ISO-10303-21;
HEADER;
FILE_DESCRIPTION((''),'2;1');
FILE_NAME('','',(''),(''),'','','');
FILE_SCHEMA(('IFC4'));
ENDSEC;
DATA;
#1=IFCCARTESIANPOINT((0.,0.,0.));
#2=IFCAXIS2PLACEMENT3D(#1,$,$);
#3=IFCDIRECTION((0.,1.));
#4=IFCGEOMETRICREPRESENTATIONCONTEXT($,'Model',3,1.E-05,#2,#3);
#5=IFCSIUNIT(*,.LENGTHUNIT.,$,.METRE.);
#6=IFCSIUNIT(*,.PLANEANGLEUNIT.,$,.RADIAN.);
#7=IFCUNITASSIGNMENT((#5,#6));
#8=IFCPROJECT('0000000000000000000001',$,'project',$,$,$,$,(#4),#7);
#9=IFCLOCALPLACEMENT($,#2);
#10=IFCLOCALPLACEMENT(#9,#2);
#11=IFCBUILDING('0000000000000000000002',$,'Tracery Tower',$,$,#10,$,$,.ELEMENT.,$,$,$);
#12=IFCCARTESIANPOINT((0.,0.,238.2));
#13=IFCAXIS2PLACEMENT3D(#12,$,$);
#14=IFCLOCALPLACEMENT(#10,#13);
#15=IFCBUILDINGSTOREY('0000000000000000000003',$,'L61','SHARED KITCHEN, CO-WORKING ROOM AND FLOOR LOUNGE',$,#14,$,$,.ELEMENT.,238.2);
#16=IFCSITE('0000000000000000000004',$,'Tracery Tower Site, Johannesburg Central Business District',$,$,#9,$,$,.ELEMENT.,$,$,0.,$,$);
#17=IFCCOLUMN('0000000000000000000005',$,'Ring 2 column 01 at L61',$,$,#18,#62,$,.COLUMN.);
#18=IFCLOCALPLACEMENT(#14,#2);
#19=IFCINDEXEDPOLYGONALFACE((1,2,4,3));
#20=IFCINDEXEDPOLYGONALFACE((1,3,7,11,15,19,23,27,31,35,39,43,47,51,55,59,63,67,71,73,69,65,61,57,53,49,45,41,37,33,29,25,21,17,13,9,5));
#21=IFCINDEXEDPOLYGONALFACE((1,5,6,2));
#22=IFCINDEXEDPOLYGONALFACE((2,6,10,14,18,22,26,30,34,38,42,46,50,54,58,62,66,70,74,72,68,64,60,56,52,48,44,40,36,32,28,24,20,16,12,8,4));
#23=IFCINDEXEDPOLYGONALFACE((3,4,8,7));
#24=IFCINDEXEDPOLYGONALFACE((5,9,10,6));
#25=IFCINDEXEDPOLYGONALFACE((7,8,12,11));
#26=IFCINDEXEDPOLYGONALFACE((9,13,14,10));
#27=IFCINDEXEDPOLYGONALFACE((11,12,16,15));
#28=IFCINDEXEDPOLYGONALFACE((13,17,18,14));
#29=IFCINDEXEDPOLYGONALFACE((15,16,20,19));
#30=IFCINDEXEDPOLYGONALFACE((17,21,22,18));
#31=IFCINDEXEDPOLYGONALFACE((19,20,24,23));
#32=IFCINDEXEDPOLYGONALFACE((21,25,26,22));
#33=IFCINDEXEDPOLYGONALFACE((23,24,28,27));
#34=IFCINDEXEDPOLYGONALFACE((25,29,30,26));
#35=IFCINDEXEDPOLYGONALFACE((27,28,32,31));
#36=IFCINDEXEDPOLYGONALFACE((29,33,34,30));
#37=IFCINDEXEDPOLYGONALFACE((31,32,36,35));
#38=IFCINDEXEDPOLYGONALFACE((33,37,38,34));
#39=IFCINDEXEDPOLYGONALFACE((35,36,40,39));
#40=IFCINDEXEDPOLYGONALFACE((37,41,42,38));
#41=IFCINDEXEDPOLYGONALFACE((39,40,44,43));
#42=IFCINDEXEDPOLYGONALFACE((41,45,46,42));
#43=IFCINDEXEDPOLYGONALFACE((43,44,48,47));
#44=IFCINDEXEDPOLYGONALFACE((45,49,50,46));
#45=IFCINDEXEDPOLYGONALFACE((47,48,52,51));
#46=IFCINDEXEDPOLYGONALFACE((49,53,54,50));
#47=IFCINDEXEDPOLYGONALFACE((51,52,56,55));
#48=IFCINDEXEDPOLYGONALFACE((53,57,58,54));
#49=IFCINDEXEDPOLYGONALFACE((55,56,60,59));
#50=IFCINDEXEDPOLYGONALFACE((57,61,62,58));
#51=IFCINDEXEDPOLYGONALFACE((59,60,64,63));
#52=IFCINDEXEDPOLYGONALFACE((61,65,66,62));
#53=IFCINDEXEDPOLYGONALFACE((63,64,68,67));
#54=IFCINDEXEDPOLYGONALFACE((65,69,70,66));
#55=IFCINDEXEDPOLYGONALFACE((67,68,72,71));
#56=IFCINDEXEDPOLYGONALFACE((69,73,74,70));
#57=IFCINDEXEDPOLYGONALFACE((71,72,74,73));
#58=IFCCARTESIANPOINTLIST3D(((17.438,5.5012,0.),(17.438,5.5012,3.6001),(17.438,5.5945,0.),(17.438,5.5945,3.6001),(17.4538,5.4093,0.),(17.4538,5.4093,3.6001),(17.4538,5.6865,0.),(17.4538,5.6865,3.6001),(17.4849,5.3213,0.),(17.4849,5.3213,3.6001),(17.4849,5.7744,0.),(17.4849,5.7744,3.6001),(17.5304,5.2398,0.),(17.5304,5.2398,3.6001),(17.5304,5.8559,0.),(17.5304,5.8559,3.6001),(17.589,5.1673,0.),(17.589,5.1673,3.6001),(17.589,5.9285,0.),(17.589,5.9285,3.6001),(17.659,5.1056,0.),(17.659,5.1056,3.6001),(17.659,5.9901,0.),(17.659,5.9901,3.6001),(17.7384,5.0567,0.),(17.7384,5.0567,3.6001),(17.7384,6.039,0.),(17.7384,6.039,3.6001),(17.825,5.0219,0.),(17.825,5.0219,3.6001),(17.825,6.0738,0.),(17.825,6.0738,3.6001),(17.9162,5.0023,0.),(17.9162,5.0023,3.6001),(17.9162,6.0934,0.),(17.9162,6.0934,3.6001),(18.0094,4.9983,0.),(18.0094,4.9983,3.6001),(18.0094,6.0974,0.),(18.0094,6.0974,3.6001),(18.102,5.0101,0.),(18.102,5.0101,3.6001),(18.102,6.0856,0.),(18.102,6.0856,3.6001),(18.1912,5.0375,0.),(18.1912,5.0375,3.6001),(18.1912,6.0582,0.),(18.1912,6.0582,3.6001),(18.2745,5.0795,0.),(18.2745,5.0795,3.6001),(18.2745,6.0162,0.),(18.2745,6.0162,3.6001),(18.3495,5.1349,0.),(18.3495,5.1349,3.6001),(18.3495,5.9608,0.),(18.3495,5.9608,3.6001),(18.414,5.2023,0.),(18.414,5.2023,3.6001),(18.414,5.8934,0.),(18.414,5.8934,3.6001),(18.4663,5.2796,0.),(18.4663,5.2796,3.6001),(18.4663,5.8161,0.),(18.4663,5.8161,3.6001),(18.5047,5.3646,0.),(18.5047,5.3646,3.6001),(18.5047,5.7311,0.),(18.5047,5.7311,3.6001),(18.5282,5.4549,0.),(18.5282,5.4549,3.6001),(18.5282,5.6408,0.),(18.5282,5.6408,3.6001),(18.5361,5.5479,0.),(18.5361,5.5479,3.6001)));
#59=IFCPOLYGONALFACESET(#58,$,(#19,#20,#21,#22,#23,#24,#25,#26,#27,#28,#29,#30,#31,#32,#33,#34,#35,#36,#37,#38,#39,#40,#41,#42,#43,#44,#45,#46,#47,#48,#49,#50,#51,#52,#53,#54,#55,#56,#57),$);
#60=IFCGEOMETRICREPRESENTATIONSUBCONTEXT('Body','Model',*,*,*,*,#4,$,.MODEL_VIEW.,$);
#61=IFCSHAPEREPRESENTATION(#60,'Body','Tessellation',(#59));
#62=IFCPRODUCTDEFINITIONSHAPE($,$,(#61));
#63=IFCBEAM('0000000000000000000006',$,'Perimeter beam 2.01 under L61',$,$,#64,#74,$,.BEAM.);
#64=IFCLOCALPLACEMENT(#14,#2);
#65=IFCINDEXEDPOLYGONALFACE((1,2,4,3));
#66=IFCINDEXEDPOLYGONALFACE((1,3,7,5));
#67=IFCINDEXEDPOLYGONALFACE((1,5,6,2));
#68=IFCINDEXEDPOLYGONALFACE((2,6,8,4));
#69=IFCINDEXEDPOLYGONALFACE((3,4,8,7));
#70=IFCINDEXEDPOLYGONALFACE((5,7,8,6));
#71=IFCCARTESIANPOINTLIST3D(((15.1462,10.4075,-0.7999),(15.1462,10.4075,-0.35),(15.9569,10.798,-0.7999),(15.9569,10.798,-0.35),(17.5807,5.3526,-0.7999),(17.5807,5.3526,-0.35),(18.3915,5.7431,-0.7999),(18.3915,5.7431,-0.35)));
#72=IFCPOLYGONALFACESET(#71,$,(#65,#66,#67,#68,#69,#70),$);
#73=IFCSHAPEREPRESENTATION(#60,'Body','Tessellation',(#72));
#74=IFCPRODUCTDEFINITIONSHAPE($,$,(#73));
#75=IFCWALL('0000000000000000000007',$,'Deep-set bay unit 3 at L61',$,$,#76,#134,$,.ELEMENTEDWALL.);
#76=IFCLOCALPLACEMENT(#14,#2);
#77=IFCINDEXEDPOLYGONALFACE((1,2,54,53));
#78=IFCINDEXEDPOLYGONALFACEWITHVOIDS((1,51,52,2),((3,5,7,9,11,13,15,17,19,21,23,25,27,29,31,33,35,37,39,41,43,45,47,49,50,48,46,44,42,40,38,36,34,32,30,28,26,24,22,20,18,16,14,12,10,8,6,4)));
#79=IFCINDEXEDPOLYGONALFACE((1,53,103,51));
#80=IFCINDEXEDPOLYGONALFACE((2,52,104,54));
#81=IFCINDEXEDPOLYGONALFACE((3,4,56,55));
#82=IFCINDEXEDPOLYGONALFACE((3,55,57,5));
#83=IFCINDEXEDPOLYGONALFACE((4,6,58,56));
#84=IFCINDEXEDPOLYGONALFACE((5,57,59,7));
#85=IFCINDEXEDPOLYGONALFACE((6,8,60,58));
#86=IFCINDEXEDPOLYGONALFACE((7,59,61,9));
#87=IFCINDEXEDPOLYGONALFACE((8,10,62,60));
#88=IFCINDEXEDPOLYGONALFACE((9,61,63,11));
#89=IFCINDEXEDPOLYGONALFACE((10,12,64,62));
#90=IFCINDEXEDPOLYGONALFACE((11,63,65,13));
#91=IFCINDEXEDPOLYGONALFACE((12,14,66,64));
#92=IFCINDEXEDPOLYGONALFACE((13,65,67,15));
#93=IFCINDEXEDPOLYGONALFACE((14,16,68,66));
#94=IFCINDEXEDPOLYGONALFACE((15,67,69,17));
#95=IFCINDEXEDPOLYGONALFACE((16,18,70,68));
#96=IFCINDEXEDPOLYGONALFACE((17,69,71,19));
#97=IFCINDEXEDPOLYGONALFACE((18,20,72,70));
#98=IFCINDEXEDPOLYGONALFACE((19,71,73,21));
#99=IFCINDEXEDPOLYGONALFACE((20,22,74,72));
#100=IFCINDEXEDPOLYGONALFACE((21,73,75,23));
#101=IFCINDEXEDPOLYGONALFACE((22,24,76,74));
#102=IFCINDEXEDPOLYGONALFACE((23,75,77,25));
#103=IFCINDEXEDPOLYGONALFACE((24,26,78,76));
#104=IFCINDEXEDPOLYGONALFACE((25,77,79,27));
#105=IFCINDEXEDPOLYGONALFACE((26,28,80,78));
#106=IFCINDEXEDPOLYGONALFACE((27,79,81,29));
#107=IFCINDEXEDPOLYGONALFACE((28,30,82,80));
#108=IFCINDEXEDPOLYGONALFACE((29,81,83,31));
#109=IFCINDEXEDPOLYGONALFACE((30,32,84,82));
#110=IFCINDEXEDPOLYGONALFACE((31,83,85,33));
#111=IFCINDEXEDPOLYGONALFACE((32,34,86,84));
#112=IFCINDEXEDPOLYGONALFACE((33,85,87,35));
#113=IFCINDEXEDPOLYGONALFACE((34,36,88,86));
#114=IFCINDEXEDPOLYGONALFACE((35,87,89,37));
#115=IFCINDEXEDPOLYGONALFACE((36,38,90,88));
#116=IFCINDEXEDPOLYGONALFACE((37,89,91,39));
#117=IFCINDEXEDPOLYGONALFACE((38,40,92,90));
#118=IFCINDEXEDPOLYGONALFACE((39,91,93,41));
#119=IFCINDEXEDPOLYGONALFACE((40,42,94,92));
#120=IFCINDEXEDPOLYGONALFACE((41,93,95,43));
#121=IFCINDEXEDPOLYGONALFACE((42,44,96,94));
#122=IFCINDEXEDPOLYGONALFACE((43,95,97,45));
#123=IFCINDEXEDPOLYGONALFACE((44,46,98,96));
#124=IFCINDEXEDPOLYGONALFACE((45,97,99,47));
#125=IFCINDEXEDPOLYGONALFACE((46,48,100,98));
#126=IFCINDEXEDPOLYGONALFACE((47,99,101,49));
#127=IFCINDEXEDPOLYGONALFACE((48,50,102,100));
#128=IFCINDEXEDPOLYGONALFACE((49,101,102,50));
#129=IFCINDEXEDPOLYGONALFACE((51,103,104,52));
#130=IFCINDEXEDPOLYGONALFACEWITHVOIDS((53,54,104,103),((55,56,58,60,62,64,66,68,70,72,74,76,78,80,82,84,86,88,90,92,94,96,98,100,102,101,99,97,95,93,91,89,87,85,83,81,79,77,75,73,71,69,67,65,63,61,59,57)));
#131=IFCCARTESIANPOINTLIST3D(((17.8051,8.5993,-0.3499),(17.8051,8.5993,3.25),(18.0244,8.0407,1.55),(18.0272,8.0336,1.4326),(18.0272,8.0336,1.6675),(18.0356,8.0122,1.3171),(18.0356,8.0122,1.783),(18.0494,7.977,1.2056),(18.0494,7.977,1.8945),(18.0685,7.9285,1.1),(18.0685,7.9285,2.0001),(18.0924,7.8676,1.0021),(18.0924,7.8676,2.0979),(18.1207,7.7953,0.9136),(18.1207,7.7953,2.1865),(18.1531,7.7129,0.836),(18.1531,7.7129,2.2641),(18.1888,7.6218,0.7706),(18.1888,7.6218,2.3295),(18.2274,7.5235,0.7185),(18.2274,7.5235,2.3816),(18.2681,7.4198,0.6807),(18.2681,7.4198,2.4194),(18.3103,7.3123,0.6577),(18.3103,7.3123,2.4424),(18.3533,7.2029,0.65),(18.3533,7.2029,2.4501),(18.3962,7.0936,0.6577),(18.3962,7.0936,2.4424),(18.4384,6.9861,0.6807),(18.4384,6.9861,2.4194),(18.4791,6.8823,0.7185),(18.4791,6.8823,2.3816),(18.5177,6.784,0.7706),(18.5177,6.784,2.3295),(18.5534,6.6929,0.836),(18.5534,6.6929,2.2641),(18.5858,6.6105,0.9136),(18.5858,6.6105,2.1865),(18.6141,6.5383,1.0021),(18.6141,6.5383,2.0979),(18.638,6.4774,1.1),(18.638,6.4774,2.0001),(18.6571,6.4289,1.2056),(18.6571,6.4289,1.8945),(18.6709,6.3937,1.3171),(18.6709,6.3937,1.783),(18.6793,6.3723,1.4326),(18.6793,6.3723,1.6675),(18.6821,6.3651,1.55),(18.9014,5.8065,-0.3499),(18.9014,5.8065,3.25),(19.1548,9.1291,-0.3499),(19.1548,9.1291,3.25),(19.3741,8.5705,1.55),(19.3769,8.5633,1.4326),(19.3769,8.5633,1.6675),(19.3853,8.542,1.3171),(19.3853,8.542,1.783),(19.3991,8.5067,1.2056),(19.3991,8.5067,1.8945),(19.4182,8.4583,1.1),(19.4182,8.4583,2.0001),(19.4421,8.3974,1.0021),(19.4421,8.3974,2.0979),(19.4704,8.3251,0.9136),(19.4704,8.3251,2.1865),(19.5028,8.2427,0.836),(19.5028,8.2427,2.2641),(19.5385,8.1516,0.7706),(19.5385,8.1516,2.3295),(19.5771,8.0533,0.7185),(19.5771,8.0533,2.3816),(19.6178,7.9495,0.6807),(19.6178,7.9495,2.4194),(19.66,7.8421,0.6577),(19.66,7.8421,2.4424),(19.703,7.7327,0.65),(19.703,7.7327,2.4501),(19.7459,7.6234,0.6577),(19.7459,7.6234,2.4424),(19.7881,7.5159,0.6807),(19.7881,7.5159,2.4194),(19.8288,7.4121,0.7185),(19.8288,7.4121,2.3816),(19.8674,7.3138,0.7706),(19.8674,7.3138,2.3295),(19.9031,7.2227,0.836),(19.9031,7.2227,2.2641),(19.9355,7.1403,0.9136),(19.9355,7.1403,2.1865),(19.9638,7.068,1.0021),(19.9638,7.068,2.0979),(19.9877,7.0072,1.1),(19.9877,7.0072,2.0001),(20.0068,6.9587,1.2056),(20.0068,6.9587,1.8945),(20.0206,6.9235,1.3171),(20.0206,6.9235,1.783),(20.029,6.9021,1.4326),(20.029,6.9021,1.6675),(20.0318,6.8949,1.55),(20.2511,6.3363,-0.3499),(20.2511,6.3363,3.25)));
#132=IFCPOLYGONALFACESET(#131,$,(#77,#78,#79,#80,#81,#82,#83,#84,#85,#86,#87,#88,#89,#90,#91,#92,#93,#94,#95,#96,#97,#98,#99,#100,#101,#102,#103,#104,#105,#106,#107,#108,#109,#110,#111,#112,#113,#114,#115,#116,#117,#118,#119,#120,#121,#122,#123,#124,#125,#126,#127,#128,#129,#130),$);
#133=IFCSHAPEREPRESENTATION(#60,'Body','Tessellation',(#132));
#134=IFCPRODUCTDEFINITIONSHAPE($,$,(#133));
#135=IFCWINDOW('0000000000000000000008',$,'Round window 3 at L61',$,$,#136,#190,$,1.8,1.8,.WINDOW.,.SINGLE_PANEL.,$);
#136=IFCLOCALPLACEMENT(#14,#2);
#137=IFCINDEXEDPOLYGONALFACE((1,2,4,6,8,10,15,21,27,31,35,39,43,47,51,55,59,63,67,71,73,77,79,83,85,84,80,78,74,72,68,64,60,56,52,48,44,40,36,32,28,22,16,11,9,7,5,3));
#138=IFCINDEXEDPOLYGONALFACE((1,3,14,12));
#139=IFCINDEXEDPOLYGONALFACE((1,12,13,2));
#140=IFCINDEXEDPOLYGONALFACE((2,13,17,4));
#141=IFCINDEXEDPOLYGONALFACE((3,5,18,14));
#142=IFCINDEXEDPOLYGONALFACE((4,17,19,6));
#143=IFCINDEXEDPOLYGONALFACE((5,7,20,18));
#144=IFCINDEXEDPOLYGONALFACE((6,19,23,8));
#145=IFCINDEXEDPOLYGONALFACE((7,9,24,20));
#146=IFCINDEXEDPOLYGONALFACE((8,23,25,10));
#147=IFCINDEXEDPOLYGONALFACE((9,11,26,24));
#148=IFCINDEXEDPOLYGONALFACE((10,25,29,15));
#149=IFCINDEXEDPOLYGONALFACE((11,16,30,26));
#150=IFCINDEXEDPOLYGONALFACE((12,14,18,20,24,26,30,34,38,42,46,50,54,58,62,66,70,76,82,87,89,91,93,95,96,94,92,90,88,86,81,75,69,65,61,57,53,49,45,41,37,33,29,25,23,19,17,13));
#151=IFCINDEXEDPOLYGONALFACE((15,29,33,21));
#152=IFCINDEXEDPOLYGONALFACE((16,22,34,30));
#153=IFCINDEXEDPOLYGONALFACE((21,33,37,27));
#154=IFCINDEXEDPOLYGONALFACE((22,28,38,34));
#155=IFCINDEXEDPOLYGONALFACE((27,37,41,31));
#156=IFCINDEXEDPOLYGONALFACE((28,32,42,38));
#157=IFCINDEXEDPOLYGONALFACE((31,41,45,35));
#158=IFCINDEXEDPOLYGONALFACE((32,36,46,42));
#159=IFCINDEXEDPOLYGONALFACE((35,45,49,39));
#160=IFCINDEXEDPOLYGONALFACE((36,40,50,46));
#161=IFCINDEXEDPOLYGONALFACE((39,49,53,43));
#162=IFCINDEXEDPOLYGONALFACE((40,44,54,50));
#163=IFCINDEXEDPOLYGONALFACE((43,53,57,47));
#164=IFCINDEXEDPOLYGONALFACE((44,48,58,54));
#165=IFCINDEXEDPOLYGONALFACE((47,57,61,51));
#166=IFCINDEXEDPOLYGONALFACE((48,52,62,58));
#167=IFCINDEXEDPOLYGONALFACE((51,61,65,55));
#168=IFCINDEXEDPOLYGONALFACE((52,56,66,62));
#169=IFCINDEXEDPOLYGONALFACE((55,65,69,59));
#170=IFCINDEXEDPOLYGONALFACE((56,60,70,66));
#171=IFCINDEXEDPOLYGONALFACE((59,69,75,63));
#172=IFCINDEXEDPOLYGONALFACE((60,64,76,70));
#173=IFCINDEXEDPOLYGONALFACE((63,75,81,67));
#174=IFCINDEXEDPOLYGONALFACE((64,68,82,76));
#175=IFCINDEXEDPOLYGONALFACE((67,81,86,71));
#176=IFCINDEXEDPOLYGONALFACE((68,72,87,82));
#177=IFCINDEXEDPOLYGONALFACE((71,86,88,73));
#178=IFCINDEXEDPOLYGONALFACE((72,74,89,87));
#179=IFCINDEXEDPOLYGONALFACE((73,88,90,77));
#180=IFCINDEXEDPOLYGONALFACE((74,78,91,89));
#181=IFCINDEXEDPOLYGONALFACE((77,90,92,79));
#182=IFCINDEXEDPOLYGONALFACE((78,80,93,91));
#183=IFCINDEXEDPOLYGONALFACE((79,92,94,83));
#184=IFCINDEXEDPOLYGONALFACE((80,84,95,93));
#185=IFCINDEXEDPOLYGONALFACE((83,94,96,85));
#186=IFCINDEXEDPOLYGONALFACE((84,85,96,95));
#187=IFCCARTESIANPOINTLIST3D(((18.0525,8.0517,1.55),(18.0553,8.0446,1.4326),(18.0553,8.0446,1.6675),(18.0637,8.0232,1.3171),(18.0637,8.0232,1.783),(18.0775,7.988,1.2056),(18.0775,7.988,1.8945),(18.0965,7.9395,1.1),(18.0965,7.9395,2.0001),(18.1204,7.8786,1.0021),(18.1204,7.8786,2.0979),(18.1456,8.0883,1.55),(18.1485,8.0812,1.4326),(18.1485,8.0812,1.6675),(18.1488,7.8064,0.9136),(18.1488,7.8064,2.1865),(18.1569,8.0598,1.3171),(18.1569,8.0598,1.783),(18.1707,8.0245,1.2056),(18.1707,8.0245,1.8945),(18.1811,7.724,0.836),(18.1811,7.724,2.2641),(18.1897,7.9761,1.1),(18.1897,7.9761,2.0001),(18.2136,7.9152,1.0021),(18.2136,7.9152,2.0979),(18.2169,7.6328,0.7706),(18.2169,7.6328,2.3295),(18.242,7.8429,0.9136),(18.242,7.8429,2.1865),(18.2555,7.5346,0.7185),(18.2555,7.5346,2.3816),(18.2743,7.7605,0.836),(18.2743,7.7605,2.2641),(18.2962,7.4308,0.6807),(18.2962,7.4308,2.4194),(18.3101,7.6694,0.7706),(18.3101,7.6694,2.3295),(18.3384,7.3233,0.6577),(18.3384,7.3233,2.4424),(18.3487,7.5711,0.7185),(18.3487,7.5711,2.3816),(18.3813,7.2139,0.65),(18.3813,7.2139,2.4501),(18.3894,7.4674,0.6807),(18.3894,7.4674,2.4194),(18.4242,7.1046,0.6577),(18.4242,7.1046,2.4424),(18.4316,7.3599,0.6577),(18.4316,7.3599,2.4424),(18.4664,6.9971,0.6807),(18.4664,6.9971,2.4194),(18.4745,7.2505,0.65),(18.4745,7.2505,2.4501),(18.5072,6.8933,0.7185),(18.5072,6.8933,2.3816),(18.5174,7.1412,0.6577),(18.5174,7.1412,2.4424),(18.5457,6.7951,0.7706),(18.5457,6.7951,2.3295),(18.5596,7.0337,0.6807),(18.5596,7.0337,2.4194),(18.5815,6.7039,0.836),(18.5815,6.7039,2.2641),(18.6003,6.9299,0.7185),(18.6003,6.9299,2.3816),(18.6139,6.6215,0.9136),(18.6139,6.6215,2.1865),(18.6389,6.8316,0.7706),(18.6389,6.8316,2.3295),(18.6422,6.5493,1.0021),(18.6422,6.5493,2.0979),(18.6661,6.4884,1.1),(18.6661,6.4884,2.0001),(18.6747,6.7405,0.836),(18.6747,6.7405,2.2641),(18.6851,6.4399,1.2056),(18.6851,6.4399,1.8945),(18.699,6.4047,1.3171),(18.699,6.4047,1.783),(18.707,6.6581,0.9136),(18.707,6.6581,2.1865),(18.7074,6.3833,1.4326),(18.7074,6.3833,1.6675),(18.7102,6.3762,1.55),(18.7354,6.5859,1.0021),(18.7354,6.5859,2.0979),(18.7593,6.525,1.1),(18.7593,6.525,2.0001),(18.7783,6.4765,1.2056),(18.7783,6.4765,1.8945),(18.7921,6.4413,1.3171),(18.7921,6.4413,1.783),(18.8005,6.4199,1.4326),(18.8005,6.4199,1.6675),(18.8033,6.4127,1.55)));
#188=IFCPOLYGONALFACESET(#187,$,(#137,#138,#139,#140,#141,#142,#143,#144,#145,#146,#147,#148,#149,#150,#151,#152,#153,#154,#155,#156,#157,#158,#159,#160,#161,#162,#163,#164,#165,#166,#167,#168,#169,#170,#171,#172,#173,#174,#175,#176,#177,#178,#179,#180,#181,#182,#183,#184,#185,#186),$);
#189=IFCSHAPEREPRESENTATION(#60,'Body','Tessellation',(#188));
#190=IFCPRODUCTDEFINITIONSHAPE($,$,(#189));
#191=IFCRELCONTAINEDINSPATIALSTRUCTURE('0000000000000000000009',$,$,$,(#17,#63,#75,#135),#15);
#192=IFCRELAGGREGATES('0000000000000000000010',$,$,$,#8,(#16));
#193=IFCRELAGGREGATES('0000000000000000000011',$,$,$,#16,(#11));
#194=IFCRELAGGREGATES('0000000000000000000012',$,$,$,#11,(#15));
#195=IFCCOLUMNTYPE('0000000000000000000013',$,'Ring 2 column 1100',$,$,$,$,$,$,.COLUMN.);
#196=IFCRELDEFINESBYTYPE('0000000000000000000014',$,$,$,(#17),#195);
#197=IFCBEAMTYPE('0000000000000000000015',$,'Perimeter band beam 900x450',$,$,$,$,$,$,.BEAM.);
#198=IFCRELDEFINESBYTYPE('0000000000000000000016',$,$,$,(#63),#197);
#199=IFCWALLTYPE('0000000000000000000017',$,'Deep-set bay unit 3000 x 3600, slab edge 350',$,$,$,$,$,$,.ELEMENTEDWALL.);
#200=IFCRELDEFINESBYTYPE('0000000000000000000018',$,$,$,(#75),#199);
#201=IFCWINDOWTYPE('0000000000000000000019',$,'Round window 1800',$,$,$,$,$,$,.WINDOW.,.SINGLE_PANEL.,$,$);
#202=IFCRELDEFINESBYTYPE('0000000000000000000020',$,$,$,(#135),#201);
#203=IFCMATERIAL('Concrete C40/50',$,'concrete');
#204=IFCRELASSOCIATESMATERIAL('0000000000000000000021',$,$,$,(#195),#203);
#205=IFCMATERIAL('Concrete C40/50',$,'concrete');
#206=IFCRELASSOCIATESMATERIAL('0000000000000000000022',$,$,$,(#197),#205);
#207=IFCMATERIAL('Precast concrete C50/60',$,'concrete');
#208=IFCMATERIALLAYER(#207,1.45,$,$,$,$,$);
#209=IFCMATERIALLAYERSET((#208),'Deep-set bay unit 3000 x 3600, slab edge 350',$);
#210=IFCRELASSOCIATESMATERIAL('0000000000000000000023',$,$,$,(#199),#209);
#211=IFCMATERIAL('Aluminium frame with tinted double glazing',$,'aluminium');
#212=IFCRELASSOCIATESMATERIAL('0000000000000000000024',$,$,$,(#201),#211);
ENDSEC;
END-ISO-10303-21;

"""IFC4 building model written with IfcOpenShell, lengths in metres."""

from ifc_helpers import new_model, si_unit, direction, frame, frame_2d, origin, origin_2d, place, context, subcontext, project, spatial, rectangle, circle, extrude, material, layer, layer_set, material_profile, profile_set, type_object, element, fill, save


model = new_model("IFC4")

# Units and contexts
model_context = context("Model", 3, precision=1e-05, world=origin(), true_north=direction((0.0, 1.0)))
body_context = subcontext(model_context, "Body", "Model", "MODEL_VIEW")
ifc_project = project(units=[si_unit("LENGTHUNIT", "METRE"), si_unit("PLANEANGLEUNIT", "RADIAN")], contexts=[model_context])

# Site, building, storey
site_placement = place(None, origin())
site = spatial("IfcSite", under=ifc_project, at=site_placement, Name="Tracery Tower Site, Johannesburg Central Business District", CompositionType="ELEMENT", RefElevation=0.0)
building_placement = place(site_placement, origin())
building = spatial("IfcBuilding", under=site, at=building_placement, Name="Tracery Tower", CompositionType="ELEMENT")
storey_placement = place(building_placement, frame((0.0, 0.0, 238.2)))
storey = spatial("IfcBuildingStorey", under=building, at=storey_placement, Name="L61", Description="SHARED KITCHEN, CO-WORKING ROOM AND FLOOR LOUNGE", CompositionType="ELEMENT", Elevation=238.2)

# Column
ifc_material_1 = material(Name="Concrete C40/50", Category="concrete")
ifc_material_profile_1 = material_profile(ifc_material_1, circle(Radius=0.55, at=origin_2d()), Name="RC D1100")
ifc_profile_set_1 = profile_set([ifc_material_profile_1], Name="Concrete C40/50")
column_type = type_object("IfcColumnType", Name="Ring 2 column 1100", PredefinedType="COLUMN", material=ifc_profile_set_1)
column_placement = place(storey_placement, frame((17.9861, 5.5479, 0.0), z_axis=(0.0, 0.0, 1.0), x_axis=(1.0, 0.0, 0.0)))
element("IfcColumn", 1, at=column_placement, inside=storey, type_object=column_type, Name="Ring 2 column 01 at L61", PredefinedType="COLUMN", context=body_context, shape_type="SweptSolid", body=[
    extrude(circle(Radius=0.55, at=origin_2d()), origin(), (0.0, 0.0, 1.0), 3.6001),
])

# Beam
ifc_material_2 = material(Name="Concrete C40/50", Category="concrete")
ifc_material_profile_2 = material_profile(ifc_material_2, rectangle(XDim=0.8999, YDim=0.45, at=origin_2d()), Name="RC 900x450")
ifc_profile_set_2 = profile_set([ifc_material_profile_2], Name="Concrete C40/50")
beam_type = type_object("IfcBeamType", Name="Perimeter band beam 900x450", PredefinedType="BEAM", material=ifc_profile_set_2)
beam_placement = place(storey_placement, frame((17.9861, 5.5479, -0.575), z_axis=(-0.433919, 0.900952, 0.0), x_axis=(-0.900952, -0.433919, 0.0)))
element("IfcBeam", 2, at=beam_placement, inside=storey, type_object=beam_type, Name="Perimeter beam 2.01 under L61", PredefinedType="BEAM", context=body_context, shape_type="SweptSolid", body=[
    extrude(rectangle(XDim=0.8999, YDim=0.45, at=origin_2d()), origin(), (0.0, 0.0, 1.0), 5.6106),
])

# Wall, opening, window
ifc_material_3 = material(Name="Precast concrete C50/60", Category="concrete")
ifc_layer_1 = layer(ifc_material_3, 1.45)
ifc_layer_set_1 = layer_set([ifc_layer_1], Name="Deep-set bay unit 3000 x 3600, slab edge 350")
wall_type_1 = type_object("IfcWallType", Name="Deep-set bay unit 3000 x 3600, slab edge 350", PredefinedType="ELEMENTEDWALL", material=ifc_layer_set_1)
wall_1_placement = place(storey_placement, frame((19.5762, 6.0715, -0.3499), z_axis=(0.0, 0.0, 1.0), x_axis=(-0.365378, 0.930859, 0.0)))
wall_1 = element("IfcWall", 3, at=wall_1_placement, inside=storey, type_object=wall_type_1, Name="Deep-set bay unit 3 at L61", PredefinedType="ELEMENTEDWALL", context=body_context, shape_type="SweptSolid", body=[
    extrude(rectangle(XDim=3.0002, YDim=1.45, at=frame_2d((1.5, 0.0))), origin(), (0.0, 0.0, 1.0), 3.5999),
])
opening_1_placement = place(wall_1_placement, frame((1.5, 0.0, 1.8999)))
opening_1 = element("IfcOpeningElement", 4, at=opening_1_placement, cuts=wall_1, PredefinedType="OPENING", context=body_context, shape_type="SweptSolid", body=[
    extrude(circle(Radius=0.9, at=origin_2d()), frame((0.0, 0.7349, 0.0), z_axis=(0.0, -1.0, 0.0), x_axis=(1.0, 0.0, 0.0)), (0.0, 0.0, 1.0), 1.47),
])
ifc_material_4 = material(Name="Aluminium frame with tinted double glazing", Category="aluminium")
window_type = type_object("IfcWindowType", Name="Round window 1800", PartitioningType="SINGLE_PANEL", PredefinedType="WINDOW", material=ifc_material_4)
window_1_placement = place(opening_1_placement, origin())
window_1 = element("IfcWindow", 5, at=window_1_placement, inside=storey, type_object=window_type, Name="Round window 3 at L61", OverallHeight=1.8, OverallWidth=1.8, PartitioningType="SINGLE_PANEL", PredefinedType="WINDOW", context=body_context, shape_type="SweptSolid", body=[
    extrude(circle(Radius=0.9, at=origin_2d()), frame((0.0, 0.6948, 0.0), z_axis=(0.0, -1.0, 0.0), x_axis=(1.0, 0.0, 0.0)), (0.0, 0.0, 1.0), 0.1001),
])
fill(opening_1, window_1)

save(model, "model.ifc")
